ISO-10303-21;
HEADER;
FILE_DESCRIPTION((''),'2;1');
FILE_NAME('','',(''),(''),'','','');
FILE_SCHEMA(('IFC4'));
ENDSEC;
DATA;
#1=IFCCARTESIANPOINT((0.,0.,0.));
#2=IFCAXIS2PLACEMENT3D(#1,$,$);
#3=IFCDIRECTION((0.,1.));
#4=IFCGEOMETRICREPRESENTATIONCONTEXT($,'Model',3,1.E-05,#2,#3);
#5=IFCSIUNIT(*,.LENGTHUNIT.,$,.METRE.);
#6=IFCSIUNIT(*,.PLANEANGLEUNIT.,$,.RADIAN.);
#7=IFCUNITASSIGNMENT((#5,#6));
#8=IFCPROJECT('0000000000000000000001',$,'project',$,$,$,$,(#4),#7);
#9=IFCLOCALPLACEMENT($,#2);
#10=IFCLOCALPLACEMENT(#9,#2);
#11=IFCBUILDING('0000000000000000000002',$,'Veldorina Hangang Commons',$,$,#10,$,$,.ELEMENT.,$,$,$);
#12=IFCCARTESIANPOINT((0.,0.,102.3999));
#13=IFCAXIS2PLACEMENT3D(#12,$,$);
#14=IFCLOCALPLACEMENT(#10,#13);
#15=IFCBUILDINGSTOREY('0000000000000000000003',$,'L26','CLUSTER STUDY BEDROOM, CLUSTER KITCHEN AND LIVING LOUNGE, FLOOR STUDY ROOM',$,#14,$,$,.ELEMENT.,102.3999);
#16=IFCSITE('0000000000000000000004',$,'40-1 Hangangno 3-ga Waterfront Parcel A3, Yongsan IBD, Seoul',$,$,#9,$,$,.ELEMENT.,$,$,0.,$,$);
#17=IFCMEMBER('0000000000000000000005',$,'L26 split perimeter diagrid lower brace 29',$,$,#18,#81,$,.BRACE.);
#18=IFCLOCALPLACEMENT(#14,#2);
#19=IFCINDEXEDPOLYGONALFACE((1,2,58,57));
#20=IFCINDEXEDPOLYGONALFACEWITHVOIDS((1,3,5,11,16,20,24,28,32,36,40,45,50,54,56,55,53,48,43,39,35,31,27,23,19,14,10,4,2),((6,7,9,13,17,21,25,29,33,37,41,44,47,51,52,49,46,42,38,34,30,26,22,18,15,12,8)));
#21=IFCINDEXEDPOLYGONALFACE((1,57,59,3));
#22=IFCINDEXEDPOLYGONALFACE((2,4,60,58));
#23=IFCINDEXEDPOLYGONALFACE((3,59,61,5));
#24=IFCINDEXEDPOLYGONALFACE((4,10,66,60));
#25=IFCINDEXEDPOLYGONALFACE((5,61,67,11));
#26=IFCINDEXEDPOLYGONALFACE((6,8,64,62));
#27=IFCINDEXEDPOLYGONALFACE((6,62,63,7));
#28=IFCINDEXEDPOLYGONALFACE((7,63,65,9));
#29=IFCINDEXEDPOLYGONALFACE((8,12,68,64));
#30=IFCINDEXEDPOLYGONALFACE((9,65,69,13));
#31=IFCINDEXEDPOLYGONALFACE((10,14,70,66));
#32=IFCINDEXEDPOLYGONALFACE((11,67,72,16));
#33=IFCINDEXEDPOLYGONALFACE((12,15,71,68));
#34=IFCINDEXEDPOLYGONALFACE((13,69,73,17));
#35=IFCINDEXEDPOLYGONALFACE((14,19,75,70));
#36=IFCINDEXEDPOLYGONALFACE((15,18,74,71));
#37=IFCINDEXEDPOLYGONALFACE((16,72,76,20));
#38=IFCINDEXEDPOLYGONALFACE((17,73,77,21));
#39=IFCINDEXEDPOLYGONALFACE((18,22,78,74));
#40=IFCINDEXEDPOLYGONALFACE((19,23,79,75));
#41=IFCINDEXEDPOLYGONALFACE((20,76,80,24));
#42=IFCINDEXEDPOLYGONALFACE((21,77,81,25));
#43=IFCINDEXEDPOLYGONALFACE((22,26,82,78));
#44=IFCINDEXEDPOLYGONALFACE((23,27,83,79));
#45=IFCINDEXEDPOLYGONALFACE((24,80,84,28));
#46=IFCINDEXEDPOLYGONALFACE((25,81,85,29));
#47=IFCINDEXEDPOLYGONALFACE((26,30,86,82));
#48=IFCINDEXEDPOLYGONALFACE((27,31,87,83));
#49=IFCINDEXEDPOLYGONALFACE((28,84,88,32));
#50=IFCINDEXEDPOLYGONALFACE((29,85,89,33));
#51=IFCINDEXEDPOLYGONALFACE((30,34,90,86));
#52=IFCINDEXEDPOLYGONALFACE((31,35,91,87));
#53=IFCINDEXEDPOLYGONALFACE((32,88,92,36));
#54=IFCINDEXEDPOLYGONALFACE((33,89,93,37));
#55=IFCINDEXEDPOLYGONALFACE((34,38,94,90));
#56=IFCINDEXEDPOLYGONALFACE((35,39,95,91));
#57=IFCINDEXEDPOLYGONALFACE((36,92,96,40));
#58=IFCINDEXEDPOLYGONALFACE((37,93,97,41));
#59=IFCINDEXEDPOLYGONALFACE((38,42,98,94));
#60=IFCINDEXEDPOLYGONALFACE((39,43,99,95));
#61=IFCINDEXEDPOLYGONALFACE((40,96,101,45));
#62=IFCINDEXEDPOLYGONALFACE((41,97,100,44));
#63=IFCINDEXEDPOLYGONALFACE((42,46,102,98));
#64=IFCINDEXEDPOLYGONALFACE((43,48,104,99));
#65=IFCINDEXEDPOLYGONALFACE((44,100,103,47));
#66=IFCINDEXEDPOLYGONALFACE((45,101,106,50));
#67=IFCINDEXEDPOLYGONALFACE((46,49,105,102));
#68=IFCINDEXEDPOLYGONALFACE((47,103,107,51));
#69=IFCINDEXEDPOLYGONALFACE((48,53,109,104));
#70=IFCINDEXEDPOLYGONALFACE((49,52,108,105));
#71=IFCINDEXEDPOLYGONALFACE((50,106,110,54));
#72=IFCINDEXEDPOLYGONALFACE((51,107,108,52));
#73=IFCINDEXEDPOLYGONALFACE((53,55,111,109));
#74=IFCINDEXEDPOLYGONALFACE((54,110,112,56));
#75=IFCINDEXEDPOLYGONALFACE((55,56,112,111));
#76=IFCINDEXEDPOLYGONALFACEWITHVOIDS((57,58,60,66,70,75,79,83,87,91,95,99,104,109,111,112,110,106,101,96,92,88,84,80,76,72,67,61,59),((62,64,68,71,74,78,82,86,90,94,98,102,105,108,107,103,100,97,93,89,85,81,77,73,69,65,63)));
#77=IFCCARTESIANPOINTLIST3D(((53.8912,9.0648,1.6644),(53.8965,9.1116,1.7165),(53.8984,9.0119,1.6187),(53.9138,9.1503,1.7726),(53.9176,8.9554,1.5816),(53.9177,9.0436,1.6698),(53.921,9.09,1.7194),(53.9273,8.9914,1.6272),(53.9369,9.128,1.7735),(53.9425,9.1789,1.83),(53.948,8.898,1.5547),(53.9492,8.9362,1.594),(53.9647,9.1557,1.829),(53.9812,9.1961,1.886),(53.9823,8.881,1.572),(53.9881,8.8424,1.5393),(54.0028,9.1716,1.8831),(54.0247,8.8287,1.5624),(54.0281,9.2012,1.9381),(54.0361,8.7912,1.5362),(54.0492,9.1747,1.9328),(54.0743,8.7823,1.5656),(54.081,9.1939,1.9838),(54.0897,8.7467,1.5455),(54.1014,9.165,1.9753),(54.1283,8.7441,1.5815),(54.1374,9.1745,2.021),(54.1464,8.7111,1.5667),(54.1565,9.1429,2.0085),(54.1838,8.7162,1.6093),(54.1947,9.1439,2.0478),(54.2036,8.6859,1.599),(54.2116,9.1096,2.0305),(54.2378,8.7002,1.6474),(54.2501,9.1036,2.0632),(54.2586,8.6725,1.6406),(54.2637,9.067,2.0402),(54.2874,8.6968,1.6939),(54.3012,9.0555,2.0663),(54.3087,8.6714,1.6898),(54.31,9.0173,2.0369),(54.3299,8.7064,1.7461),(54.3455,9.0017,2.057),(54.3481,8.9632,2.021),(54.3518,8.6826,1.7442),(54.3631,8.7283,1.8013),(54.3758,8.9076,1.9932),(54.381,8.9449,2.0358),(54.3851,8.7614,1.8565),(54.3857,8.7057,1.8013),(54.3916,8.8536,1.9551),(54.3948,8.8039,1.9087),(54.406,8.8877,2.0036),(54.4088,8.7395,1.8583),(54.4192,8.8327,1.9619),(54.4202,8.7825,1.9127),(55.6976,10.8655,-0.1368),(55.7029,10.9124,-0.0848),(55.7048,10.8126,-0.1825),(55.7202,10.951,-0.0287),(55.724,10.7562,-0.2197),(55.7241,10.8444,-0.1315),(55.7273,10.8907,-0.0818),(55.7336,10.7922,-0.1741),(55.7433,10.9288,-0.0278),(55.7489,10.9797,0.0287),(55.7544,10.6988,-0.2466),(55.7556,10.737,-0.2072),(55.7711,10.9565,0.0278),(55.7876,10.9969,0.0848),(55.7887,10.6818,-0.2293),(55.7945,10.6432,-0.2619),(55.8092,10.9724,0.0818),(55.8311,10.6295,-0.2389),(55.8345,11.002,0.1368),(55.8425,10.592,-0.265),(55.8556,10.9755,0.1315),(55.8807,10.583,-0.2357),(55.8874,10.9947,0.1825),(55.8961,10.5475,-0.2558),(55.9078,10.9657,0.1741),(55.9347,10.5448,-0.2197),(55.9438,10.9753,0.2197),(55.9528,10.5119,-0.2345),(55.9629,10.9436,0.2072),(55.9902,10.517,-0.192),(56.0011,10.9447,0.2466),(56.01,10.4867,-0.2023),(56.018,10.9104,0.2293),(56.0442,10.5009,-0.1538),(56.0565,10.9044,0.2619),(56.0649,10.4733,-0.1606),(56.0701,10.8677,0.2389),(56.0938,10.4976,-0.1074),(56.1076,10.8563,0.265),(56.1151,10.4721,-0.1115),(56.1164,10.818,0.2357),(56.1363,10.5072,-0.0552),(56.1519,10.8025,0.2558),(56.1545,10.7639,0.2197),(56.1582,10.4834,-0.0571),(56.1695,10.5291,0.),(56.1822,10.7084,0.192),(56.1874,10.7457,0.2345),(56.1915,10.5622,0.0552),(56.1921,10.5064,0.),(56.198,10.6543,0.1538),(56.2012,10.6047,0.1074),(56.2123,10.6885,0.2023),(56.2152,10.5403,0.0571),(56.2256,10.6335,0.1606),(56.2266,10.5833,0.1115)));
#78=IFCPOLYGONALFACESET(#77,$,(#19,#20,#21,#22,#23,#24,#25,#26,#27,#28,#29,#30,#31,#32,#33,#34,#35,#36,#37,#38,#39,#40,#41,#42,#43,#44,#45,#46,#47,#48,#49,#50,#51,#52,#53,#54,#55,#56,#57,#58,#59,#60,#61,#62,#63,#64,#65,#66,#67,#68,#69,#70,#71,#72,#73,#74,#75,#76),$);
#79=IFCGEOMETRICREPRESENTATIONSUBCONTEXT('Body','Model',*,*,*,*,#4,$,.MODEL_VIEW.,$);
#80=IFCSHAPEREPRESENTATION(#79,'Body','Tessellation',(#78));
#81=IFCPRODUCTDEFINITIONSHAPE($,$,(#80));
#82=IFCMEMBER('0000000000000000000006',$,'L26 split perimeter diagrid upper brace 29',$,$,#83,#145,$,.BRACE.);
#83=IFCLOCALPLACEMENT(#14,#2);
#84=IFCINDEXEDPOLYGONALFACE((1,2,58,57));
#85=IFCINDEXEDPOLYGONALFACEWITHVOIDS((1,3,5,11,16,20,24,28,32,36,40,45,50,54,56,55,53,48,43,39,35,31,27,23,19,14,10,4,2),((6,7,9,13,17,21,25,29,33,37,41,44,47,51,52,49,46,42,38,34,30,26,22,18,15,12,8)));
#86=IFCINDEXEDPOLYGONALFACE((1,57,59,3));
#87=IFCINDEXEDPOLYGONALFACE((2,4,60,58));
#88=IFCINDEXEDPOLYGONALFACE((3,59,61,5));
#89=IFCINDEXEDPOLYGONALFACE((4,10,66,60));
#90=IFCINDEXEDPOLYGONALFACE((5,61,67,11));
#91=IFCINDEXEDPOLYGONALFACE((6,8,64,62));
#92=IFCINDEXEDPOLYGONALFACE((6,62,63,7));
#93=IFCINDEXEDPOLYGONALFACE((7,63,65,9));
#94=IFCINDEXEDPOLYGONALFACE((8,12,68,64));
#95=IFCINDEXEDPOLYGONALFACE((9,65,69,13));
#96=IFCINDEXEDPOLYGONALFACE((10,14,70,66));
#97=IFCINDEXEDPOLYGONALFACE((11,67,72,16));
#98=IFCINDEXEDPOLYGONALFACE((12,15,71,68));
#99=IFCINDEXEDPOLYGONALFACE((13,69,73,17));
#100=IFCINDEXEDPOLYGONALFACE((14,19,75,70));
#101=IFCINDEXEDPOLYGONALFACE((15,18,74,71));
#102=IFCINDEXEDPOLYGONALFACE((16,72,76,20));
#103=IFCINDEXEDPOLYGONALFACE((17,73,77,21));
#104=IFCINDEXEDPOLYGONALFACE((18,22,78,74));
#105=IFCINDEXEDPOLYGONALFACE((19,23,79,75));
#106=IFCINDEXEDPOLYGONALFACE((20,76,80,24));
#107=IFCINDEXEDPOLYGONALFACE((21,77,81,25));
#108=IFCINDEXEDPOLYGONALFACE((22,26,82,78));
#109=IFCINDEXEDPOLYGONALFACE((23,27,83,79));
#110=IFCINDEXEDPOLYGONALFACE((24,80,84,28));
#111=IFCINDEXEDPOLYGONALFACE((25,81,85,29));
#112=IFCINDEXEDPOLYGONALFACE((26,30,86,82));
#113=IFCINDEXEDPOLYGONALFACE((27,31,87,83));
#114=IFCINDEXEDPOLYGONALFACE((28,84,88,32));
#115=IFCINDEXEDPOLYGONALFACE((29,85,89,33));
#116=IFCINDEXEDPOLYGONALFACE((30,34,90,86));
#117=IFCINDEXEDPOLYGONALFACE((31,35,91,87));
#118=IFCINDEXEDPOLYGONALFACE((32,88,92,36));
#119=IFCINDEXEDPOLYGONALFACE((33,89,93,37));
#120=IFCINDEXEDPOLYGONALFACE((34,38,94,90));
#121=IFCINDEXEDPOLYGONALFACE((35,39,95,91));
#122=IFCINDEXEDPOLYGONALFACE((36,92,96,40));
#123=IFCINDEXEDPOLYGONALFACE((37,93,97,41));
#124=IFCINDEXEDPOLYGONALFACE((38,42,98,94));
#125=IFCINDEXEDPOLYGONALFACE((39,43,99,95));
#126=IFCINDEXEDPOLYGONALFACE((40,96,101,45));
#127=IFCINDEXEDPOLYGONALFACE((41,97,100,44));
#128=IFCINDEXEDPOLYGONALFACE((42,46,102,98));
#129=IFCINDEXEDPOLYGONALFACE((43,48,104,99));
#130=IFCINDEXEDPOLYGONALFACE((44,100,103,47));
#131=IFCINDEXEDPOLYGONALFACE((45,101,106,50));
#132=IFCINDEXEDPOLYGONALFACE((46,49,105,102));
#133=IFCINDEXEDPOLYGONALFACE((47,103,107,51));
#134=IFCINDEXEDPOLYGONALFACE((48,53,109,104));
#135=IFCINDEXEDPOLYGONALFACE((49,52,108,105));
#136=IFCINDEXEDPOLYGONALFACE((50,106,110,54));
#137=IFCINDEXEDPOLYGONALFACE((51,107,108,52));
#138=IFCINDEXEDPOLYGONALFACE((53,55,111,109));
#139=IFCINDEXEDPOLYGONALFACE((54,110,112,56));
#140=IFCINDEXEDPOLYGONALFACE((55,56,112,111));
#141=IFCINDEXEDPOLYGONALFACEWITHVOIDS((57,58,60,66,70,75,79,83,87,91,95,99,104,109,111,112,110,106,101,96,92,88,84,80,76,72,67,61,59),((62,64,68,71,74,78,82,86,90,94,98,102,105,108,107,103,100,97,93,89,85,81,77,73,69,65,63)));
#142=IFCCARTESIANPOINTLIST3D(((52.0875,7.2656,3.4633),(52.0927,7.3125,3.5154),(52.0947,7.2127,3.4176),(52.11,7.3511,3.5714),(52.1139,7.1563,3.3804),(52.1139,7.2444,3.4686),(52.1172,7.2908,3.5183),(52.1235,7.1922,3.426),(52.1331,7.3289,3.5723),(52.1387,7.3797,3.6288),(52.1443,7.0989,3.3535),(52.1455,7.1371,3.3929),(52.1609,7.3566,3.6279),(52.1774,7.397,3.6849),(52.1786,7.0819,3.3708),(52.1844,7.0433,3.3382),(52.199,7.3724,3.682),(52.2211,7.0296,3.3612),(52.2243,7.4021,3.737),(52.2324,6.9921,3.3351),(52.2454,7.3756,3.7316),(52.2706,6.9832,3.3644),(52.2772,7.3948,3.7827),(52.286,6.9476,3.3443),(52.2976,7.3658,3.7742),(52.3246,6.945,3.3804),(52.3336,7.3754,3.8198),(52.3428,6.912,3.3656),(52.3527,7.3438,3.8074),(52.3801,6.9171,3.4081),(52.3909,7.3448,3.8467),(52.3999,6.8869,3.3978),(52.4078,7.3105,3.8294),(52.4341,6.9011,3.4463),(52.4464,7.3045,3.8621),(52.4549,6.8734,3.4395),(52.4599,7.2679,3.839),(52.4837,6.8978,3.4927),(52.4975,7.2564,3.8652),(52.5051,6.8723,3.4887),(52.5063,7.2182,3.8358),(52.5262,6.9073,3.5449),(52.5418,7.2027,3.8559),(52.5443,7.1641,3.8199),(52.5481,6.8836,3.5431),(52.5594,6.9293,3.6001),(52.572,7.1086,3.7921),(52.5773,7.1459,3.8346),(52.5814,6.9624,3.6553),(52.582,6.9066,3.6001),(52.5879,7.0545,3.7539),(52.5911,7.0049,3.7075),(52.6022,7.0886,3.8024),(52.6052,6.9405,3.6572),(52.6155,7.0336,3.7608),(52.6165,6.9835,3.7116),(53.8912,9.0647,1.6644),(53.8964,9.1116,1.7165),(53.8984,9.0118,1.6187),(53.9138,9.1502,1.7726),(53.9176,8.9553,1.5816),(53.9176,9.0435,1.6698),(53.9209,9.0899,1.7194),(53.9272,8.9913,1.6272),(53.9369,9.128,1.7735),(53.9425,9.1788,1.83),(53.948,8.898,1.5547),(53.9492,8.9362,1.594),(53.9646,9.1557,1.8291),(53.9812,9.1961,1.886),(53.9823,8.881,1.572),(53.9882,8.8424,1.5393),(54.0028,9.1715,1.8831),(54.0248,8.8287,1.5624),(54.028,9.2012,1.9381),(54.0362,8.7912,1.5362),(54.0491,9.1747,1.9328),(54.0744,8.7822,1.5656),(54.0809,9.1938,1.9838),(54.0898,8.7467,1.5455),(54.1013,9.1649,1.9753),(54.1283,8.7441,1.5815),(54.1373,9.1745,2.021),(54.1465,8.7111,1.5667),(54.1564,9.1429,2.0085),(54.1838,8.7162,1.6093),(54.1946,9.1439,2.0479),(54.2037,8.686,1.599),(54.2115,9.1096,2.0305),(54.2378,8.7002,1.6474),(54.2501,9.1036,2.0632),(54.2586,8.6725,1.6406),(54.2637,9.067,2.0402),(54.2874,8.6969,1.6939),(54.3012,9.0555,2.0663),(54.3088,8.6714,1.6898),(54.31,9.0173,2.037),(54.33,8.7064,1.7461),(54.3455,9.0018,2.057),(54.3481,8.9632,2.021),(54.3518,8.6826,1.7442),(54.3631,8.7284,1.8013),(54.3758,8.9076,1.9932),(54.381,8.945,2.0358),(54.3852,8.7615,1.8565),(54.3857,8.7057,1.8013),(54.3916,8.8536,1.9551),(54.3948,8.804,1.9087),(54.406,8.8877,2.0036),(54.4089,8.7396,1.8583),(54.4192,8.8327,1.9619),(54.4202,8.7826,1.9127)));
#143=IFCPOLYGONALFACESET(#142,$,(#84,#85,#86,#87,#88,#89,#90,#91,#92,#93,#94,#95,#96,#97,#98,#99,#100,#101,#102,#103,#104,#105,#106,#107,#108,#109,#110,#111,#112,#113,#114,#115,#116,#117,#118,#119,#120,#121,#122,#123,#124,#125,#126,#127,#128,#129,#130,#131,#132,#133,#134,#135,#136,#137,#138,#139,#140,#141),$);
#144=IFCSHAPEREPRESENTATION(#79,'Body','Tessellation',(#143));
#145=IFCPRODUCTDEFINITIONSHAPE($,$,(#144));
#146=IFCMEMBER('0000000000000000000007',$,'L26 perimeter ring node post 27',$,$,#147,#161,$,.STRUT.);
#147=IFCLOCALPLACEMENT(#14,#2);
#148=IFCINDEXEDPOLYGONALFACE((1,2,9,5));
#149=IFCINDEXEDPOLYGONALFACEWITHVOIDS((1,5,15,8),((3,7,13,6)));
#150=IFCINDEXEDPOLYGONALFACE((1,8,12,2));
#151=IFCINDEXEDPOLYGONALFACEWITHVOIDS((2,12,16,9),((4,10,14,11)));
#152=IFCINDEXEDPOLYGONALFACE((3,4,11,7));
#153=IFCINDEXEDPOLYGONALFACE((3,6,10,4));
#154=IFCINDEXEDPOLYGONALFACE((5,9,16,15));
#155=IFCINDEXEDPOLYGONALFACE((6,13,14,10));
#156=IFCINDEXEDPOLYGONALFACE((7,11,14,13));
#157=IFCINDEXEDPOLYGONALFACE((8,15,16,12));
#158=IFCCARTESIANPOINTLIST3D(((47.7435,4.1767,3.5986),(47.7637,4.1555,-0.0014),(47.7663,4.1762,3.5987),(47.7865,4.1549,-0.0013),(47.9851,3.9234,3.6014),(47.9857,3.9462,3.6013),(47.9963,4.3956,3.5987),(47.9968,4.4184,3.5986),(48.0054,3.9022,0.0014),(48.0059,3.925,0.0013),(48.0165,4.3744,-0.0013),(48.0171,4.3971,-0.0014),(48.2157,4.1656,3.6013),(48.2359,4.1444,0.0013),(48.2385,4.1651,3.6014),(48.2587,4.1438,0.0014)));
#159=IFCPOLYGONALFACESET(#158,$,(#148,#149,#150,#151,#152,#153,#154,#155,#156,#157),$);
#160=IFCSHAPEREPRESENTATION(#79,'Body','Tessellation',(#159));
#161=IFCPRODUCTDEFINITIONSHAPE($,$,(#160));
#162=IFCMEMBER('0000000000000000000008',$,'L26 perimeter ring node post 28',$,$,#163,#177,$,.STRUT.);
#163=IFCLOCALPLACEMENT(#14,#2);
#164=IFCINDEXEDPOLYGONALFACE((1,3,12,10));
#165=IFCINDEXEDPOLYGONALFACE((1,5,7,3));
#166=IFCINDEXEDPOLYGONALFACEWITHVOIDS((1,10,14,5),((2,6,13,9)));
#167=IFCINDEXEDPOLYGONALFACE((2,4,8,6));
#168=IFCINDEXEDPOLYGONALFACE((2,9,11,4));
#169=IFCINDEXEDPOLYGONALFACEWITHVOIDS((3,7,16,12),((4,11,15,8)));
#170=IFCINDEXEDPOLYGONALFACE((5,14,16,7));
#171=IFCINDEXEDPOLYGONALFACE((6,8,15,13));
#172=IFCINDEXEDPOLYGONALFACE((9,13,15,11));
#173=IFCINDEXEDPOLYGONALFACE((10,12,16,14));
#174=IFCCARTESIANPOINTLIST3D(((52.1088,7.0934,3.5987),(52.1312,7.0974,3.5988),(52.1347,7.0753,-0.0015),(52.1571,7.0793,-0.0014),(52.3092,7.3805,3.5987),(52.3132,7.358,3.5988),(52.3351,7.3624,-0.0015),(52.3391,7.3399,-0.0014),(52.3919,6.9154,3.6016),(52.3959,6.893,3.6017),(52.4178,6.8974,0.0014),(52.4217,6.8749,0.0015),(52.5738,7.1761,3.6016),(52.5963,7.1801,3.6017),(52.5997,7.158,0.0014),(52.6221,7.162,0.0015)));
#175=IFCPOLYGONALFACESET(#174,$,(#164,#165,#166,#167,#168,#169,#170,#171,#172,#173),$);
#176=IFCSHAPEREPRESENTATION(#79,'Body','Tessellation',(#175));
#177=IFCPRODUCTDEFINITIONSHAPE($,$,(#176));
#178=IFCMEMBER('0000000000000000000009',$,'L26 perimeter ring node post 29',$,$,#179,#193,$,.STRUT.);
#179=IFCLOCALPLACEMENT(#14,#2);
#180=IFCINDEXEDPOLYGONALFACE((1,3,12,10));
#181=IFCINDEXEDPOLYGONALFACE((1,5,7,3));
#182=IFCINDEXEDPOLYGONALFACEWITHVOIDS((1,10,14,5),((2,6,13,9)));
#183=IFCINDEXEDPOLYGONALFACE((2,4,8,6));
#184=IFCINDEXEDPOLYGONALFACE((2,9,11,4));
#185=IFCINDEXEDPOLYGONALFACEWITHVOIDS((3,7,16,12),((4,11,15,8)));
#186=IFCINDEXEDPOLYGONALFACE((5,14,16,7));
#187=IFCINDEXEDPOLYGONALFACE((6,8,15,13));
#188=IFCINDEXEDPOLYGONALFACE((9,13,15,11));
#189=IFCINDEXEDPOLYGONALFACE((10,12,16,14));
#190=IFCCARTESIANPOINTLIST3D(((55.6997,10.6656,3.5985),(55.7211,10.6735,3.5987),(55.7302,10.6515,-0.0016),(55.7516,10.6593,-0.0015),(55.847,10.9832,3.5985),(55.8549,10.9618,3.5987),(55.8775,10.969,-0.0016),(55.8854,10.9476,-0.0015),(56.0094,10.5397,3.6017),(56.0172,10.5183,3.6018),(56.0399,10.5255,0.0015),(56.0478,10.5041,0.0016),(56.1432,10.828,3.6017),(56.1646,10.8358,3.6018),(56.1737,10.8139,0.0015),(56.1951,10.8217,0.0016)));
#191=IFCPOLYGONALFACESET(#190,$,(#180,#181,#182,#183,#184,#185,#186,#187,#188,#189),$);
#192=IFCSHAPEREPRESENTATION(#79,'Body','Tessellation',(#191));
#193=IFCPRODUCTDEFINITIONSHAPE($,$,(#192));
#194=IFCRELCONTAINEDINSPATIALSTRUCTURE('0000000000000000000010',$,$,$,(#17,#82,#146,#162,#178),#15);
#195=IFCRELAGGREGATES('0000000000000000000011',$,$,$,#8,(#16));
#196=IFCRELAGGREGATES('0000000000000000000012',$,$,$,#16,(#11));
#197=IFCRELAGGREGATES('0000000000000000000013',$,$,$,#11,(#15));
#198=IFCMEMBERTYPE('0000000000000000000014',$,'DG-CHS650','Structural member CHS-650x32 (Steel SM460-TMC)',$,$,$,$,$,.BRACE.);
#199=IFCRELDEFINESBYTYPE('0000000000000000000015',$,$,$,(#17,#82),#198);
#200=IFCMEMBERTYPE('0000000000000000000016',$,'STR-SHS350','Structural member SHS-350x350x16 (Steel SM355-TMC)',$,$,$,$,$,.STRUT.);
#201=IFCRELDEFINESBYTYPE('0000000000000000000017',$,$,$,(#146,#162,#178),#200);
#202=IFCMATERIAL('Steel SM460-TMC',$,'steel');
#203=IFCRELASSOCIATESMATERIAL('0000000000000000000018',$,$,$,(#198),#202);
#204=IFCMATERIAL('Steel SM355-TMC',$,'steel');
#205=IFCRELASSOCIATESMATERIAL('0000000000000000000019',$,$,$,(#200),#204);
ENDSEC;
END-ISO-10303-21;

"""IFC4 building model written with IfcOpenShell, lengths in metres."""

from ifc_helpers import new_model, si_unit, direction, frame, origin, origin_2d, place, context, subcontext, project, spatial, hollow_rectangle, hollow_circle, extrude, material, material_profile, profile_set, type_object, element, save


model = new_model("IFC4")

# Units and contexts
model_context = context("Model", 3, precision=1e-05, world=origin(), true_north=direction((0.0, 1.0)))
body_context = subcontext(model_context, "Body", "Model", "MODEL_VIEW")
ifc_project = project(units=[si_unit("LENGTHUNIT", "METRE"), si_unit("PLANEANGLEUNIT", "RADIAN")], contexts=[model_context])

# Site, building, storey
site_placement = place(None, origin())
site = spatial("IfcSite", under=ifc_project, at=site_placement, Name="40-1 Hangangno 3-ga Waterfront Parcel A3, Yongsan IBD, Seoul", CompositionType="ELEMENT", RefElevation=0.0)
building_placement = place(site_placement, origin())
building = spatial("IfcBuilding", under=site, at=building_placement, Name="Veldorina Hangang Commons", CompositionType="ELEMENT")
storey_placement = place(building_placement, frame((0.0, 0.0, 102.3999)))
storey = spatial("IfcBuildingStorey", under=building, at=storey_placement, Name="L26", Description="CLUSTER STUDY BEDROOM, CLUSTER KITCHEN AND LIVING LOUNGE, FLOOR STUDY ROOM", CompositionType="ELEMENT", Elevation=102.3999)

# Shared definitions
ifc_material_1 = material(Name="Steel SM355-TMC", Category="steel")

# Members
ifc_material_2 = material(Name="Steel SM460-TMC", Category="steel")
ifc_material_profile_1 = material_profile(ifc_material_2, hollow_circle(Radius=0.325, WallThickness=0.032, at=origin_2d()), Name="CHS-650x32")
ifc_profile_set_1 = profile_set([ifc_material_profile_1], Name="Steel SM460-TMC")
member_type_1 = type_object("IfcMemberType", Name="DG-CHS650", Description="Structural member CHS-650x32 (Steel SM460-TMC)", PredefinedType="BRACE", material=ifc_profile_set_1)
member_1_placement = place(storey_placement, frame((55.9626, 10.7366, 0.0), z_axis=(-0.578496, -0.576698, 0.576855), x_axis=(0.706005, -0.708207, 0.0)))
element("IfcMember", 1, at=member_1_placement, inside=storey, type_object=member_type_1, Name="L26 split perimeter diagrid lower brace 29", PredefinedType="BRACE", context=body_context, shape_type="SweptSolid", body=[
    extrude(hollow_circle(Radius=0.325, WallThickness=0.032, at=origin_2d()), origin(), (0.0, 0.0, 1.0), 3.1226),
])
member_2_placement = place(storey_placement, frame((54.1562, 8.9358, 1.8013), z_axis=(-0.578368, -0.57688, 0.576802), x_axis=(0.706196, -0.708017, 0.0)))
element("IfcMember", 2, at=member_2_placement, inside=storey, type_object=member_type_1, Name="L26 split perimeter diagrid upper brace 29", PredefinedType="BRACE", context=body_context, shape_type="SweptSolid", body=[
    extrude(hollow_circle(Radius=0.325, WallThickness=0.032, at=origin_2d()), origin(), (0.0, 0.0, 1.0), 3.1187),
])
ifc_material_profile_2 = material_profile(ifc_material_1, hollow_rectangle(XDim=0.3501, YDim=0.3501, WallThickness=0.0161, at=origin_2d()), Name="SHS-350x350x16")
ifc_profile_set_2 = profile_set([ifc_material_profile_2], Name="Steel SM355-TMC")
member_type_2 = type_object("IfcMemberType", Name="STR-SHS350", Description="Structural member SHS-350x350x16 (Steel SM355-TMC)", PredefinedType="STRUT", material=ifc_profile_set_2)
member_3_placement = place(storey_placement, frame((48.0112, 4.1497, 0.0), z_axis=(-0.005628, 0.0059, 0.999967), x_axis=(-0.723544, -0.690278, 0.0)))
element("IfcMember", 3, at=member_3_placement, inside=storey, type_object=member_type_2, Name="L26 perimeter ring node post 27", PredefinedType="STRUT", context=body_context, shape_type="SweptSolid", body=[
    extrude(hollow_rectangle(XDim=0.3501, YDim=0.3501, WallThickness=0.0161, at=origin_2d()), origin(), (0.0, 0.0, 1.0), 3.6001),
])
for number, where, z_axis, x_axis, name in (
    (4, (52.3784, 7.1187, 0.0), (-0.007188, 0.005018, 0.999962), (-0.572424, -0.819958, 0.0), "L26 perimeter ring node post 28"),
    (5, (55.9626, 10.7366, 0.0), (-0.008477, 0.003933, 0.999956), (-0.420898, -0.907108, 0.0), "L26 perimeter ring node post 29"),
):
    element("IfcMember", number, at=place(storey_placement, frame(where, z_axis=z_axis, x_axis=x_axis)), inside=storey, type_object=member_type_2, Name=name, PredefinedType="STRUT", context=body_context, shape_type="SweptSolid", body=[
        extrude(hollow_rectangle(XDim=0.3501, YDim=0.3501, WallThickness=0.0161, at=origin_2d()), origin(), (0.0, 0.0, 1.0), 3.6003),
    ])

save(model, "model.ifc")
